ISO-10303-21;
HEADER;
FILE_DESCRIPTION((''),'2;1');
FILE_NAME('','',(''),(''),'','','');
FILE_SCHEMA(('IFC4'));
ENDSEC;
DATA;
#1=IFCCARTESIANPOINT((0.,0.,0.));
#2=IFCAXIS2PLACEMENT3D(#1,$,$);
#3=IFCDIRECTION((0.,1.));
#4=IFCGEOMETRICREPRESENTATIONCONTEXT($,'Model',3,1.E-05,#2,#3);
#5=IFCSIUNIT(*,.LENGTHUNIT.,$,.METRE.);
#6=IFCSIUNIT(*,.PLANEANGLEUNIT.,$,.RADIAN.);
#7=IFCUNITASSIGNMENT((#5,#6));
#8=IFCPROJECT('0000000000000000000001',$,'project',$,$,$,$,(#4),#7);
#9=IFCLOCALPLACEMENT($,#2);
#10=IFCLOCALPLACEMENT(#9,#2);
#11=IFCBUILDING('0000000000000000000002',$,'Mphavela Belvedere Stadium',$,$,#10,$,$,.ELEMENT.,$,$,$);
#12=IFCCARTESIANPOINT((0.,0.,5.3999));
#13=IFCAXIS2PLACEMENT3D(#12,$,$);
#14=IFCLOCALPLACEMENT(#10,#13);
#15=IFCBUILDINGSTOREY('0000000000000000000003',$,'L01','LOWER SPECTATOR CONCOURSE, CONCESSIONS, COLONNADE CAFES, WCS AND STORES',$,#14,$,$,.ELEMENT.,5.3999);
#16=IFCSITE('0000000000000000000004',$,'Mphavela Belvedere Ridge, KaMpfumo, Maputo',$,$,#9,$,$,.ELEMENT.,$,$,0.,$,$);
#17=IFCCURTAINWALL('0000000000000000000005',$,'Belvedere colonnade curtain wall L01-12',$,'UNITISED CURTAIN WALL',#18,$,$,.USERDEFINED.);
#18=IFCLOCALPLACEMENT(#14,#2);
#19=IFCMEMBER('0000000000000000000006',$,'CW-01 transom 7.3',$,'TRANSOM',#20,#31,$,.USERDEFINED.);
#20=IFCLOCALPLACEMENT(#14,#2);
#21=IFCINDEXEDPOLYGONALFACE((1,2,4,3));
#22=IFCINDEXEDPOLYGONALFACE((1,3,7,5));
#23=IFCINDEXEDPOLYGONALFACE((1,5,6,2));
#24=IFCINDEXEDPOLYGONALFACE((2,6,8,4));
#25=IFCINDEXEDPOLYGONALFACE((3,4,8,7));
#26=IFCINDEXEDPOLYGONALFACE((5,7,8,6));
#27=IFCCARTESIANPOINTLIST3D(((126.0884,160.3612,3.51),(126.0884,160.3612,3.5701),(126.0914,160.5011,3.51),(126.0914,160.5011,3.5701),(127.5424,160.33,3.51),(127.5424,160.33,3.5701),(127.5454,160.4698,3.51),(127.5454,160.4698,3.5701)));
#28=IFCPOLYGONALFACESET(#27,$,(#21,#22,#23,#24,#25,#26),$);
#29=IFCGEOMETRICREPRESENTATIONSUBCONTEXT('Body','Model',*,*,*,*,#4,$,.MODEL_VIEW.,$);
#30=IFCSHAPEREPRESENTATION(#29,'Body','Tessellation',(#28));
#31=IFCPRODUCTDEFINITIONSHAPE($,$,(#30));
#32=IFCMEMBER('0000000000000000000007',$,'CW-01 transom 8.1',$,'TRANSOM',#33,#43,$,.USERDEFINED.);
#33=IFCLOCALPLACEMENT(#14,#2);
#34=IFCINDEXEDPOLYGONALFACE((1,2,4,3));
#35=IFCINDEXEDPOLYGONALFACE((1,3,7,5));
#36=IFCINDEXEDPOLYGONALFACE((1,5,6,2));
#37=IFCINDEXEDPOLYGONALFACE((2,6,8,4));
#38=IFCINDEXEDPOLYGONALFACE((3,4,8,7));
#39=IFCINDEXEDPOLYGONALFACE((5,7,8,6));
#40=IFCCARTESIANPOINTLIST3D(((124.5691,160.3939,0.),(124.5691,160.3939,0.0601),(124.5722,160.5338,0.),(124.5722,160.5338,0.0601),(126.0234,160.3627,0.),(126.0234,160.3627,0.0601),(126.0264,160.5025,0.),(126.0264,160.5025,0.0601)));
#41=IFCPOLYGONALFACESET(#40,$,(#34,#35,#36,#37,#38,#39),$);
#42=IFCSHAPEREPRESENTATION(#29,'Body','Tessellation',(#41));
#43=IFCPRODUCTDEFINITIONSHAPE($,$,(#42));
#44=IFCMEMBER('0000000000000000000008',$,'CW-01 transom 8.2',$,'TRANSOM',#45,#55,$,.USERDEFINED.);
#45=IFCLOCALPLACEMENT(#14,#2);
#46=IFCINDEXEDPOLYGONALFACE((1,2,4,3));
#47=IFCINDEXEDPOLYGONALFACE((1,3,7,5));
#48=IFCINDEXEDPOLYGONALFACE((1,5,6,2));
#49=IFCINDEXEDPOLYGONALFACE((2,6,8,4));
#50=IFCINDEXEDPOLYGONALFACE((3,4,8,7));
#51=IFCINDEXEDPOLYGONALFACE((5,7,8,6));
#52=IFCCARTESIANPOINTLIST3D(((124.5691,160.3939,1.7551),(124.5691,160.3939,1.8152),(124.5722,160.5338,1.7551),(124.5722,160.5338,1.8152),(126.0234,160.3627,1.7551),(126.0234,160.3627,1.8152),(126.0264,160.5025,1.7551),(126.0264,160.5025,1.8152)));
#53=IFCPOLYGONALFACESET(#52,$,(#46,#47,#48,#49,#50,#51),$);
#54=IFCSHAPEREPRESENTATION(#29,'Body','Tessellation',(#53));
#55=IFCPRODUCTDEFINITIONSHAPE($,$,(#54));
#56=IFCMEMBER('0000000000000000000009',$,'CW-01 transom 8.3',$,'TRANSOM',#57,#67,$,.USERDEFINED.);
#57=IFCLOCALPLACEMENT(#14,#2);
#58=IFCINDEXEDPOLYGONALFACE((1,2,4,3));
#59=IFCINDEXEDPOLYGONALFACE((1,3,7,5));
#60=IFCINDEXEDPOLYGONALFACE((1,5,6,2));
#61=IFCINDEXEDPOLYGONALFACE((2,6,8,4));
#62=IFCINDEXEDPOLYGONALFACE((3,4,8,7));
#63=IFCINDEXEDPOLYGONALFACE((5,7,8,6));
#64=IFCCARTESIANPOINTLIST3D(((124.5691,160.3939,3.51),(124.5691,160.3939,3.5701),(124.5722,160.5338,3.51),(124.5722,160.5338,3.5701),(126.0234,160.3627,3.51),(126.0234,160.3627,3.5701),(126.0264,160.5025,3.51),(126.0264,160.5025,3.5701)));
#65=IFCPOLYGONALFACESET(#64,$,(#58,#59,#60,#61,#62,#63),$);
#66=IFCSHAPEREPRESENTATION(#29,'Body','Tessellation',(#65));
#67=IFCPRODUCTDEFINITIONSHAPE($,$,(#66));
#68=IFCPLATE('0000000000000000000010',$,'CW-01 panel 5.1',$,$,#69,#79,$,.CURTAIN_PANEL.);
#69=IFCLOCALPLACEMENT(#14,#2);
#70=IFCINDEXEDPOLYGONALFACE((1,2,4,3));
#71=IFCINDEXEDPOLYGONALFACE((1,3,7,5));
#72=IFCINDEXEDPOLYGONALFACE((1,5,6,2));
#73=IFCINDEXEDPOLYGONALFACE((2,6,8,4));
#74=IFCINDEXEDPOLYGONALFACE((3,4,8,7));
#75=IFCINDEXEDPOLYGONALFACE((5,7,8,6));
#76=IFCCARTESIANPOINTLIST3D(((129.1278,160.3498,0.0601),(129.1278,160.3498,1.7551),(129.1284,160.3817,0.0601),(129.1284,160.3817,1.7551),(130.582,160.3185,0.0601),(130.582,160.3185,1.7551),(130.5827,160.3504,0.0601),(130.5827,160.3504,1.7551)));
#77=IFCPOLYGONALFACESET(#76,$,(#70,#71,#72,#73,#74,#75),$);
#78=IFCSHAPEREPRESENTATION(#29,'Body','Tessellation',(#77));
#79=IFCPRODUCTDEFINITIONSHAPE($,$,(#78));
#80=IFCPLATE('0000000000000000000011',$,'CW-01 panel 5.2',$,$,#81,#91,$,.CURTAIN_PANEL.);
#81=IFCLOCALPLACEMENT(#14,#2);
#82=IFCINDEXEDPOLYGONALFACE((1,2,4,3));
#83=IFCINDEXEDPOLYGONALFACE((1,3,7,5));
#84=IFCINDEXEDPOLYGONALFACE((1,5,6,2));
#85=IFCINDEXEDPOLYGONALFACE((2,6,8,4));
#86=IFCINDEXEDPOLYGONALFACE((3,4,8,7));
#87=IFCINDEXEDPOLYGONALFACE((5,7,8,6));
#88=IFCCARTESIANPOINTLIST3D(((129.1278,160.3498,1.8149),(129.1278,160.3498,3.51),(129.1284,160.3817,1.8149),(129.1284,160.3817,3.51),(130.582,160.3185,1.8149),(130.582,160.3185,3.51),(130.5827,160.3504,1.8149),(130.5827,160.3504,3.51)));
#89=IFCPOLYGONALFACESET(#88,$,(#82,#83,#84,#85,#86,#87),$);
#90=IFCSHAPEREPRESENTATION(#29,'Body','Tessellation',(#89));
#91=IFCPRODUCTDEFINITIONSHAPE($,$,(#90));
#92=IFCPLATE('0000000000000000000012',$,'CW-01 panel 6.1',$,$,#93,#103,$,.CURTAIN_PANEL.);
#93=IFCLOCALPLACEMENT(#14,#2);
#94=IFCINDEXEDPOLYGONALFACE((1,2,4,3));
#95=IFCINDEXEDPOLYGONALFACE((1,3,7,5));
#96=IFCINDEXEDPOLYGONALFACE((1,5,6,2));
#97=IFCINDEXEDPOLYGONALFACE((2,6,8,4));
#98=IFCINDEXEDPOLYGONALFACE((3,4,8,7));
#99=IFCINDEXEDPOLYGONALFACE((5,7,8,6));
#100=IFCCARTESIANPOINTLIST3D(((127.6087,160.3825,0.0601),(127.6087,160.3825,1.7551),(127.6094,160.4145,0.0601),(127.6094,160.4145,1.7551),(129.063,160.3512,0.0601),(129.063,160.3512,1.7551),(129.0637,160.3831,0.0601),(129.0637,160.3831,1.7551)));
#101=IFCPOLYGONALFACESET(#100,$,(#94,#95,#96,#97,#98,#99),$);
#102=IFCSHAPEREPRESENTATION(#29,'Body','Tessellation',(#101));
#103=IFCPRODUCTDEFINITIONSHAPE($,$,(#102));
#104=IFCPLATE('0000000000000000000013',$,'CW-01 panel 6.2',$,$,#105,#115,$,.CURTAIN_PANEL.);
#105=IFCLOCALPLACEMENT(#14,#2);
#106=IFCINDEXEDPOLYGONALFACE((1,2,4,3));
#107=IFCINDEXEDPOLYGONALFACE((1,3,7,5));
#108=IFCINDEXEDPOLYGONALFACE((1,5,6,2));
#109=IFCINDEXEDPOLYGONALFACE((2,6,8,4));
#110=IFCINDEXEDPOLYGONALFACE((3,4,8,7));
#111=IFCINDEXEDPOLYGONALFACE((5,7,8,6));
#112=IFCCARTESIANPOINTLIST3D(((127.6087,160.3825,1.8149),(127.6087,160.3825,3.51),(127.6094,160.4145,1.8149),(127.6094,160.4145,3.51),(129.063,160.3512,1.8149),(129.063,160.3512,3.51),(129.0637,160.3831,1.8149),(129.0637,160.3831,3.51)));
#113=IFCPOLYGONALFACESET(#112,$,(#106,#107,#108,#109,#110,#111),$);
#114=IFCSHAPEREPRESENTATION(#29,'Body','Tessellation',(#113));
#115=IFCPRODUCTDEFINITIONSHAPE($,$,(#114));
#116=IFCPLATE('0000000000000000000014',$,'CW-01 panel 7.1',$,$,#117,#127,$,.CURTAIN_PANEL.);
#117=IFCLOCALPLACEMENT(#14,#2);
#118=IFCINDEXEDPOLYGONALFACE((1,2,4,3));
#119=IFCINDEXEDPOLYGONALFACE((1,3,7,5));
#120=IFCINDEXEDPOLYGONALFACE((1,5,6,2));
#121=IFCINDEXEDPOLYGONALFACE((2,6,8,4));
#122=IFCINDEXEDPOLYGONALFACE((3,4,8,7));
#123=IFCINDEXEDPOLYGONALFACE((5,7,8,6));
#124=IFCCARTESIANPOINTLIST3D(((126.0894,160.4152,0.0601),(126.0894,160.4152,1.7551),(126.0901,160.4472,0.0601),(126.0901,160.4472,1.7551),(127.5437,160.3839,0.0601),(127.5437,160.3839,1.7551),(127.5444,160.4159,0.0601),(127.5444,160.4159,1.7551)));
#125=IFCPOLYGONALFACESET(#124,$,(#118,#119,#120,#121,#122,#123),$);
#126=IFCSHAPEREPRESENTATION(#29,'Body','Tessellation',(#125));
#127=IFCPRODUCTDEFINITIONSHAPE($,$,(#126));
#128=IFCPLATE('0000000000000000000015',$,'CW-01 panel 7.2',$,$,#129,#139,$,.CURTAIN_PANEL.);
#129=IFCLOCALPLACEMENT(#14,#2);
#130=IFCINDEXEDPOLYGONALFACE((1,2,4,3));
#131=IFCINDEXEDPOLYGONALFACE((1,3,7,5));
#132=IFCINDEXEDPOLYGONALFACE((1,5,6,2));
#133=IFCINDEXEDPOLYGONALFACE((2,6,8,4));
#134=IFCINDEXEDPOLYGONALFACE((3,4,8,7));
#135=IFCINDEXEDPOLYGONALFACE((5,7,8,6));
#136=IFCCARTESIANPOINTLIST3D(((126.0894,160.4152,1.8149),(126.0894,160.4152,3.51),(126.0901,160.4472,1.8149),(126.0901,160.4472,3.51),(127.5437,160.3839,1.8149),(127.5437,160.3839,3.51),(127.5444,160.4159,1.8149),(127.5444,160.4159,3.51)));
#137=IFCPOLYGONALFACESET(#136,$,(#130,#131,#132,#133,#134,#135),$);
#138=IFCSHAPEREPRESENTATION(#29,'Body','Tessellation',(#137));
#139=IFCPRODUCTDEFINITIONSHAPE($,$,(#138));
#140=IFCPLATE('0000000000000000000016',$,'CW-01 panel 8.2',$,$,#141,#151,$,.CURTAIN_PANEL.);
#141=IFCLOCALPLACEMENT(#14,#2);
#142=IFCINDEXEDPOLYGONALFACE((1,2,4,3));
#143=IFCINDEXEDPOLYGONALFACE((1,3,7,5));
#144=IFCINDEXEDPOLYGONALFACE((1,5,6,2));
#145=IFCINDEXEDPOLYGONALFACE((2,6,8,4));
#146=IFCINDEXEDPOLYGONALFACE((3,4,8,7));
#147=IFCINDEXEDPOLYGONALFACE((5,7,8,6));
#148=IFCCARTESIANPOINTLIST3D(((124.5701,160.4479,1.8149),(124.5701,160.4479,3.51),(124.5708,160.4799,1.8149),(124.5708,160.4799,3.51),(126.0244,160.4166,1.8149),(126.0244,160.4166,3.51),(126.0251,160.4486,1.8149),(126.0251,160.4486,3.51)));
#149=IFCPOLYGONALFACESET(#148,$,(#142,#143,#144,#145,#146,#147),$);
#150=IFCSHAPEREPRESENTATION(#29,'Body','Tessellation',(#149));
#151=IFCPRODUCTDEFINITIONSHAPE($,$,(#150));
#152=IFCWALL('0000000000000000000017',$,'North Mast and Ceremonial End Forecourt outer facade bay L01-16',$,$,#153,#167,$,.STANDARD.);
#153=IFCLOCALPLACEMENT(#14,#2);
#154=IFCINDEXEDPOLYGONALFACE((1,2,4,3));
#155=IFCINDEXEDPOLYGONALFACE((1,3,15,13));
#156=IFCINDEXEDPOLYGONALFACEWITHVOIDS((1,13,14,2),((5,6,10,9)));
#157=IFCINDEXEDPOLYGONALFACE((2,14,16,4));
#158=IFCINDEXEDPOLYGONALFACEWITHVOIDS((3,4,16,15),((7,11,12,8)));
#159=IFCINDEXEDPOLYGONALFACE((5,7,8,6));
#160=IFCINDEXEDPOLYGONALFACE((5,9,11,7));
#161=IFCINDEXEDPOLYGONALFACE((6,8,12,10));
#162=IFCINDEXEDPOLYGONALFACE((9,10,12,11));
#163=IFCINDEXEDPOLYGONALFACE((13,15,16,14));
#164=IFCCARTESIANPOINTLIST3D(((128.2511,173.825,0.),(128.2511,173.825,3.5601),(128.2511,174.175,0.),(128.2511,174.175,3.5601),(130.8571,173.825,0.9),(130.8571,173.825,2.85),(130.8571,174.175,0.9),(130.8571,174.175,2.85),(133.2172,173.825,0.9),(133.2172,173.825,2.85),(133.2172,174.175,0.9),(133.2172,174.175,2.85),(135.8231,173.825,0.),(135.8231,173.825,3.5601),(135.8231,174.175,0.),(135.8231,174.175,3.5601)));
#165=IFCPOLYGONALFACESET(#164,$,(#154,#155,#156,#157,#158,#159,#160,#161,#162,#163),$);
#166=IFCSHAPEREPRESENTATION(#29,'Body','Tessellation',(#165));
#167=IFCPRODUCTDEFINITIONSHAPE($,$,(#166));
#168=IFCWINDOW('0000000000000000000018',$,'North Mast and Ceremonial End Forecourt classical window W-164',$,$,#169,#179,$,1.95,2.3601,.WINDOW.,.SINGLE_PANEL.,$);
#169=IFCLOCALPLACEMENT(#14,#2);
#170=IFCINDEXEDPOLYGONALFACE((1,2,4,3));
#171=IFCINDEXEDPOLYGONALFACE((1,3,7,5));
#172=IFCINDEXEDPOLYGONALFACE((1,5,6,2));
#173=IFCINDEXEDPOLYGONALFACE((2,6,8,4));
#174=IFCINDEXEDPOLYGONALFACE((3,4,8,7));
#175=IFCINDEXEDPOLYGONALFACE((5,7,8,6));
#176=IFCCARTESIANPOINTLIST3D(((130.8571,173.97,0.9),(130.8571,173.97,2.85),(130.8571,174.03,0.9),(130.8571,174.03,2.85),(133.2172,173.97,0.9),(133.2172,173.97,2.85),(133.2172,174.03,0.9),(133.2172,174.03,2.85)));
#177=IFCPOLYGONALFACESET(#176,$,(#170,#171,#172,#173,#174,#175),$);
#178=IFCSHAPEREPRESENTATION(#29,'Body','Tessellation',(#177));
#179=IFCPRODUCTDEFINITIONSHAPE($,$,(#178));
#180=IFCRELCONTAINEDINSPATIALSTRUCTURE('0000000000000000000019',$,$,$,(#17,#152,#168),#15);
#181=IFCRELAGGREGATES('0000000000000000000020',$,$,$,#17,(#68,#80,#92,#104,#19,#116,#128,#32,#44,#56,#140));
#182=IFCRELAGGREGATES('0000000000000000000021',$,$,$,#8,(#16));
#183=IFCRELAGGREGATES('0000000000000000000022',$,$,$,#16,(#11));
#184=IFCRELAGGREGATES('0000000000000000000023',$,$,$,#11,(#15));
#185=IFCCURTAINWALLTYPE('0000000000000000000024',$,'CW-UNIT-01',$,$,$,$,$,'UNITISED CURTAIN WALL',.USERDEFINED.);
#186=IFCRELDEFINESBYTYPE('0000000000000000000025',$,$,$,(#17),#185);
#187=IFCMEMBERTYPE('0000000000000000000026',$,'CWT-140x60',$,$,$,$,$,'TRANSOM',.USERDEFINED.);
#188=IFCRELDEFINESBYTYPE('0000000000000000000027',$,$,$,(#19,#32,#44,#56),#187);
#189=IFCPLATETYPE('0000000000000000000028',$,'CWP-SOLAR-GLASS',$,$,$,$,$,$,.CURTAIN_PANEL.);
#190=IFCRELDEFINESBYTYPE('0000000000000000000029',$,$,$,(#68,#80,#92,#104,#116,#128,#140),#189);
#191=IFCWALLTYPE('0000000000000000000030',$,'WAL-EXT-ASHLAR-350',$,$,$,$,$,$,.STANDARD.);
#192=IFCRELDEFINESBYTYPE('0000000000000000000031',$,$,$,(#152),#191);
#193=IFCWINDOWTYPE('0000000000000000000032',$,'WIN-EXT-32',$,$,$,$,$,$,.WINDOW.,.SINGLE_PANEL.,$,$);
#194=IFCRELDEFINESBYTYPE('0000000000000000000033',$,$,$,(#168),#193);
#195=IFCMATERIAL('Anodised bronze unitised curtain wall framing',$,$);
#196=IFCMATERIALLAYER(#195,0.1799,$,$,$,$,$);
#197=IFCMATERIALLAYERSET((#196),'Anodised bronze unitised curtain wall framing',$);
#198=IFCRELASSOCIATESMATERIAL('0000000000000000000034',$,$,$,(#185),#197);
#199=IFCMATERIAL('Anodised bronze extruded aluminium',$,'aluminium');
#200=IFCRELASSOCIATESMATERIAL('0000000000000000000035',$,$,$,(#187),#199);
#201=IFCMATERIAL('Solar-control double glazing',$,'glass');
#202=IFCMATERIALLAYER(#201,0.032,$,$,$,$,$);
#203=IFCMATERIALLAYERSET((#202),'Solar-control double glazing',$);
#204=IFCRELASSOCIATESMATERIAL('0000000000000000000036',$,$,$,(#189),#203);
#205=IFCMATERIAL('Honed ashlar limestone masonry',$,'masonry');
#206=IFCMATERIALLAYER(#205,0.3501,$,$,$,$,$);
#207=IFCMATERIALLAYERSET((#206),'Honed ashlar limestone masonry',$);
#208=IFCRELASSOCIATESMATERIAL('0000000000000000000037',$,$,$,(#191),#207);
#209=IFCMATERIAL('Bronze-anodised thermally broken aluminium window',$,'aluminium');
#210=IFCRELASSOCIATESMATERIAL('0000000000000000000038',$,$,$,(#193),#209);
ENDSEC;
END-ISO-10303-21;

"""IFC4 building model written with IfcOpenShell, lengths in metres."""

from ifc_helpers import new_model, si_unit, direction, frame, frame_2d, origin, origin_2d, place, context, subcontext, project, spatial, rectangle, extrude, material, layer, layer_set, material_profile, profile_set, type_object, element, fill, aggregate, save


model = new_model("IFC4")

# Units and contexts
model_context = context("Model", 3, precision=1e-05, world=origin(), true_north=direction((0.0, 1.0)))
body_context = subcontext(model_context, "Body", "Model", "MODEL_VIEW")
ifc_project = project(units=[si_unit("LENGTHUNIT", "METRE"), si_unit("PLANEANGLEUNIT", "RADIAN")], contexts=[model_context])

# Site, building, storey
site_placement = place(None, origin())
site = spatial("IfcSite", under=ifc_project, at=site_placement, Name="Mphavela Belvedere Ridge, KaMpfumo, Maputo", CompositionType="ELEMENT", RefElevation=0.0)
building_placement = place(site_placement, origin())
building = spatial("IfcBuilding", under=site, at=building_placement, Name="Mphavela Belvedere Stadium", CompositionType="ELEMENT")
storey_placement = place(building_placement, frame((0.0, 0.0, 5.3999)))
storey = spatial("IfcBuildingStorey", under=building, at=storey_placement, Name="L01", Description="LOWER SPECTATOR CONCOURSE, CONCESSIONS, COLONNADE CAFES, WCS AND STORES", CompositionType="ELEMENT", Elevation=5.3999)

# Curtain wall, members, plates
ifc_material_1 = material(Name="Anodised bronze unitised curtain wall framing")
ifc_layer_1 = layer(ifc_material_1, 0.1799)
ifc_layer_set_1 = layer_set([ifc_layer_1], Name="Anodised bronze unitised curtain wall framing")
curtain_wall_type = type_object("IfcCurtainWallType", Name="CW-UNIT-01", ElementType="UNITISED CURTAIN WALL", PredefinedType="USERDEFINED", material=ifc_layer_set_1)
curtain_wall_placement = place(storey_placement, origin())
curtain_wall = element("IfcCurtainWall", 1, at=curtain_wall_placement, inside=storey, type_object=curtain_wall_type, Name="Belvedere colonnade curtain wall L01-12", ObjectType="UNITISED CURTAIN WALL", PredefinedType="USERDEFINED")
ifc_material_2 = material(Name="Anodised bronze extruded aluminium", Category="aluminium")
ifc_material_profile_1 = material_profile(ifc_material_2, rectangle(XDim=0.1399, YDim=0.0601, at=origin_2d()), Name="CW-TRN 140x60")
ifc_profile_set_1 = profile_set([ifc_material_profile_1], Name="Anodised bronze extruded aluminium")
member_type_1 = type_object("IfcMemberType", Name="CWT-140x60", ElementType="TRANSOM", PredefinedType="USERDEFINED", material=ifc_profile_set_1)
member_1_placement = place(storey_placement, frame((127.5439, 160.3999, 3.54), z_axis=(-0.999769, 0.021486, 0.0), x_axis=(-0.021486, -0.999769, 0.0)))
member_1 = element("IfcMember", 2, at=member_1_placement, type_object=member_type_1, Name="CW-01 transom 7.3", ObjectType="TRANSOM", PredefinedType="USERDEFINED", context=body_context, shape_type="SweptSolid", body=[
    extrude(rectangle(XDim=0.1399, YDim=0.0601, at=origin_2d()), origin(), (0.0, 0.0, 1.0), 1.4543),
])
member_2_placement = place(storey_placement, frame((126.0249, 160.4326, 0.03), z_axis=(-0.999769, 0.021482, 0.0), x_axis=(-0.021482, -0.999769, 0.0)))
member_2 = element("IfcMember", 3, at=member_2_placement, type_object=member_type_1, Name="CW-01 transom 8.1", ObjectType="TRANSOM", PredefinedType="USERDEFINED", context=body_context, shape_type="SweptSolid", body=[
    extrude(rectangle(XDim=0.1399, YDim=0.0601, at=origin_2d()), origin(), (0.0, 0.0, 1.0), 1.4546),
])
member_3_placement = place(storey_placement, frame((126.0249, 160.4326, 1.7852), z_axis=(-0.999769, 0.021482, 0.0), x_axis=(-0.021482, -0.999769, 0.0)))
member_3 = element("IfcMember", 4, at=member_3_placement, type_object=member_type_1, Name="CW-01 transom 8.2", ObjectType="TRANSOM", PredefinedType="USERDEFINED", context=body_context, shape_type="SweptSolid", body=[
    extrude(rectangle(XDim=0.1399, YDim=0.0601, at=origin_2d()), origin(), (0.0, 0.0, 1.0), 1.4546),
])
member_4_placement = place(storey_placement, frame((126.0249, 160.4326, 3.54), z_axis=(-0.999769, 0.021482, 0.0), x_axis=(-0.021482, -0.999769, 0.0)))
member_4 = element("IfcMember", 5, at=member_4_placement, type_object=member_type_1, Name="CW-01 transom 8.3", ObjectType="TRANSOM", PredefinedType="USERDEFINED", context=body_context, shape_type="SweptSolid", body=[
    extrude(rectangle(XDim=0.1399, YDim=0.0601, at=origin_2d()), origin(), (0.0, 0.0, 1.0), 1.4546),
])
ifc_material_3 = material(Name="Solar-control double glazing", Category="glass")
ifc_layer_2 = layer(ifc_material_3, 0.032)
ifc_layer_set_2 = layer_set([ifc_layer_2], Name="Solar-control double glazing")
plate_type = type_object("IfcPlateType", Name="CWP-SOLAR-GLASS", PredefinedType="CURTAIN_PANEL", material=ifc_layer_set_2)
plate_1_placement = place(storey_placement, frame((129.8552, 160.3501, 0.0601), z_axis=(0.0, 0.0, 1.0), x_axis=(-0.999768, 0.021529, 0.0)))
plate_1 = element("IfcPlate", 6, at=plate_1_placement, type_object=plate_type, Name="CW-01 panel 5.1", PredefinedType="CURTAIN_PANEL", context=body_context, shape_type="SweptSolid", body=[
    extrude(rectangle(XDim=1.4546, YDim=0.032, at=origin_2d()), origin(), (0.0, 0.0, 1.0), 1.6951),
])
plate_2_placement = place(storey_placement, frame((129.8552, 160.3501, 1.8149), z_axis=(0.0, 0.0, 1.0), x_axis=(-0.999768, 0.021529, 0.0)))
plate_2 = element("IfcPlate", 7, at=plate_2_placement, type_object=plate_type, Name="CW-01 panel 5.2", PredefinedType="CURTAIN_PANEL", context=body_context, shape_type="SweptSolid", body=[
    extrude(rectangle(XDim=1.4546, YDim=0.032, at=origin_2d()), origin(), (0.0, 0.0, 1.0), 1.6951),
])
plate_3_placement = place(storey_placement, frame((128.3362, 160.3828, 0.0601), z_axis=(0.0, 0.0, 1.0), x_axis=(-0.999768, 0.021529, 0.0)))
plate_3 = element("IfcPlate", 8, at=plate_3_placement, type_object=plate_type, Name="CW-01 panel 6.1", PredefinedType="CURTAIN_PANEL", context=body_context, shape_type="SweptSolid", body=[
    extrude(rectangle(XDim=1.4546, YDim=0.032, at=origin_2d()), origin(), (0.0, 0.0, 1.0), 1.6951),
])
plate_4_placement = place(storey_placement, frame((128.3362, 160.3828, 1.8149), z_axis=(0.0, 0.0, 1.0), x_axis=(-0.999768, 0.021529, 0.0)))
plate_4 = element("IfcPlate", 9, at=plate_4_placement, type_object=plate_type, Name="CW-01 panel 6.2", PredefinedType="CURTAIN_PANEL", context=body_context, shape_type="SweptSolid", body=[
    extrude(rectangle(XDim=1.4546, YDim=0.032, at=origin_2d()), origin(), (0.0, 0.0, 1.0), 1.6951),
])
plate_5_placement = place(storey_placement, frame((126.8169, 160.4155, 0.0601), z_axis=(0.0, 0.0, 1.0), x_axis=(-0.999768, 0.021529, 0.0)))
plate_5 = element("IfcPlate", 10, at=plate_5_placement, type_object=plate_type, Name="CW-01 panel 7.1", PredefinedType="CURTAIN_PANEL", context=body_context, shape_type="SweptSolid", body=[
    extrude(rectangle(XDim=1.4546, YDim=0.032, at=origin_2d()), origin(), (0.0, 0.0, 1.0), 1.6951),
])
plate_6_placement = place(storey_placement, frame((126.8169, 160.4155, 1.8149), z_axis=(0.0, 0.0, 1.0), x_axis=(-0.999768, 0.021529, 0.0)))
plate_6 = element("IfcPlate", 11, at=plate_6_placement, type_object=plate_type, Name="CW-01 panel 7.2", PredefinedType="CURTAIN_PANEL", context=body_context, shape_type="SweptSolid", body=[
    extrude(rectangle(XDim=1.4546, YDim=0.032, at=origin_2d()), origin(), (0.0, 0.0, 1.0), 1.6951),
])
plate_7_placement = place(storey_placement, frame((125.2976, 160.4482, 1.8149), z_axis=(0.0, 0.0, 1.0), x_axis=(-0.999768, 0.021529, 0.0)))
plate_7 = element("IfcPlate", 12, at=plate_7_placement, type_object=plate_type, Name="CW-01 panel 8.2", PredefinedType="CURTAIN_PANEL", context=body_context, shape_type="SweptSolid", body=[
    extrude(rectangle(XDim=1.4546, YDim=0.032, at=origin_2d()), origin(), (0.0, 0.0, 1.0), 1.6951),
])
aggregate(curtain_wall, [plate_1, plate_2, plate_3, plate_4, member_1, plate_5, plate_6, member_2, member_3, member_4, plate_7])

# Wall, opening, window
ifc_material_4 = material(Name="Honed ashlar limestone masonry", Category="masonry")
ifc_layer_3 = layer(ifc_material_4, 0.3501)
ifc_layer_set_3 = layer_set([ifc_layer_3], Name="Honed ashlar limestone masonry")
wall_type_1 = type_object("IfcWallType", Name="WAL-EXT-ASHLAR-350", PredefinedType="STANDARD", material=ifc_layer_set_3)
wall_1_placement = place(storey_placement, frame((128.251, 174.0, 0.0), z_axis=(0.0, 0.0, 1.0), x_axis=(1.0, 0.0, 0.0)))
wall_1 = element("IfcWall", 13, at=wall_1_placement, inside=storey, type_object=wall_type_1, Name="North Mast and Ceremonial End Forecourt outer facade bay L01-16", PredefinedType="STANDARD", context=body_context, shape_type="SweptSolid", body=[
    extrude(rectangle(XDim=7.572, YDim=0.3501, at=frame_2d((3.7861, 0.0))), origin(), (0.0, 0.0, 1.0), 3.5601),
])
opening_1_placement = place(wall_1_placement, frame((2.606, 0.0, 0.8999)))
opening_1 = element("IfcOpeningElement", 14, at=opening_1_placement, cuts=wall_1, PredefinedType="OPENING", context=body_context, shape_type="SweptSolid", body=[
    extrude(rectangle(XDim=2.3601, YDim=1.95, at=frame_2d((1.1802, 0.9751))), frame((0.0, 0.1851, 0.0), z_axis=(0.0, -1.0, 0.0), x_axis=(1.0, 0.0, 0.0)), (0.0, 0.0, 1.0), 0.3701),
])
ifc_material_5 = material(Name="Bronze-anodised thermally broken aluminium window", Category="aluminium")
window_type_1 = type_object("IfcWindowType", Name="WIN-EXT-32", PartitioningType="SINGLE_PANEL", PredefinedType="WINDOW", material=ifc_material_5)
window_1_placement = place(opening_1_placement, origin())
window_1 = element("IfcWindow", 15, at=window_1_placement, inside=storey, type_object=window_type_1, Name="North Mast and Ceremonial End Forecourt classical window W-164", OverallHeight=1.95, OverallWidth=2.3601, PartitioningType="SINGLE_PANEL", PredefinedType="WINDOW", context=body_context, shape_type="SweptSolid", body=[
    extrude(rectangle(XDim=2.3601, YDim=1.95, at=frame_2d((1.1802, 0.9751))), frame((0.0, 0.03, 0.0), z_axis=(0.0, -1.0, 0.0), x_axis=(1.0, 0.0, 0.0)), (0.0, 0.0, 1.0), 0.0601),
])
fill(opening_1, window_1)

save(model, "model.ifc")
